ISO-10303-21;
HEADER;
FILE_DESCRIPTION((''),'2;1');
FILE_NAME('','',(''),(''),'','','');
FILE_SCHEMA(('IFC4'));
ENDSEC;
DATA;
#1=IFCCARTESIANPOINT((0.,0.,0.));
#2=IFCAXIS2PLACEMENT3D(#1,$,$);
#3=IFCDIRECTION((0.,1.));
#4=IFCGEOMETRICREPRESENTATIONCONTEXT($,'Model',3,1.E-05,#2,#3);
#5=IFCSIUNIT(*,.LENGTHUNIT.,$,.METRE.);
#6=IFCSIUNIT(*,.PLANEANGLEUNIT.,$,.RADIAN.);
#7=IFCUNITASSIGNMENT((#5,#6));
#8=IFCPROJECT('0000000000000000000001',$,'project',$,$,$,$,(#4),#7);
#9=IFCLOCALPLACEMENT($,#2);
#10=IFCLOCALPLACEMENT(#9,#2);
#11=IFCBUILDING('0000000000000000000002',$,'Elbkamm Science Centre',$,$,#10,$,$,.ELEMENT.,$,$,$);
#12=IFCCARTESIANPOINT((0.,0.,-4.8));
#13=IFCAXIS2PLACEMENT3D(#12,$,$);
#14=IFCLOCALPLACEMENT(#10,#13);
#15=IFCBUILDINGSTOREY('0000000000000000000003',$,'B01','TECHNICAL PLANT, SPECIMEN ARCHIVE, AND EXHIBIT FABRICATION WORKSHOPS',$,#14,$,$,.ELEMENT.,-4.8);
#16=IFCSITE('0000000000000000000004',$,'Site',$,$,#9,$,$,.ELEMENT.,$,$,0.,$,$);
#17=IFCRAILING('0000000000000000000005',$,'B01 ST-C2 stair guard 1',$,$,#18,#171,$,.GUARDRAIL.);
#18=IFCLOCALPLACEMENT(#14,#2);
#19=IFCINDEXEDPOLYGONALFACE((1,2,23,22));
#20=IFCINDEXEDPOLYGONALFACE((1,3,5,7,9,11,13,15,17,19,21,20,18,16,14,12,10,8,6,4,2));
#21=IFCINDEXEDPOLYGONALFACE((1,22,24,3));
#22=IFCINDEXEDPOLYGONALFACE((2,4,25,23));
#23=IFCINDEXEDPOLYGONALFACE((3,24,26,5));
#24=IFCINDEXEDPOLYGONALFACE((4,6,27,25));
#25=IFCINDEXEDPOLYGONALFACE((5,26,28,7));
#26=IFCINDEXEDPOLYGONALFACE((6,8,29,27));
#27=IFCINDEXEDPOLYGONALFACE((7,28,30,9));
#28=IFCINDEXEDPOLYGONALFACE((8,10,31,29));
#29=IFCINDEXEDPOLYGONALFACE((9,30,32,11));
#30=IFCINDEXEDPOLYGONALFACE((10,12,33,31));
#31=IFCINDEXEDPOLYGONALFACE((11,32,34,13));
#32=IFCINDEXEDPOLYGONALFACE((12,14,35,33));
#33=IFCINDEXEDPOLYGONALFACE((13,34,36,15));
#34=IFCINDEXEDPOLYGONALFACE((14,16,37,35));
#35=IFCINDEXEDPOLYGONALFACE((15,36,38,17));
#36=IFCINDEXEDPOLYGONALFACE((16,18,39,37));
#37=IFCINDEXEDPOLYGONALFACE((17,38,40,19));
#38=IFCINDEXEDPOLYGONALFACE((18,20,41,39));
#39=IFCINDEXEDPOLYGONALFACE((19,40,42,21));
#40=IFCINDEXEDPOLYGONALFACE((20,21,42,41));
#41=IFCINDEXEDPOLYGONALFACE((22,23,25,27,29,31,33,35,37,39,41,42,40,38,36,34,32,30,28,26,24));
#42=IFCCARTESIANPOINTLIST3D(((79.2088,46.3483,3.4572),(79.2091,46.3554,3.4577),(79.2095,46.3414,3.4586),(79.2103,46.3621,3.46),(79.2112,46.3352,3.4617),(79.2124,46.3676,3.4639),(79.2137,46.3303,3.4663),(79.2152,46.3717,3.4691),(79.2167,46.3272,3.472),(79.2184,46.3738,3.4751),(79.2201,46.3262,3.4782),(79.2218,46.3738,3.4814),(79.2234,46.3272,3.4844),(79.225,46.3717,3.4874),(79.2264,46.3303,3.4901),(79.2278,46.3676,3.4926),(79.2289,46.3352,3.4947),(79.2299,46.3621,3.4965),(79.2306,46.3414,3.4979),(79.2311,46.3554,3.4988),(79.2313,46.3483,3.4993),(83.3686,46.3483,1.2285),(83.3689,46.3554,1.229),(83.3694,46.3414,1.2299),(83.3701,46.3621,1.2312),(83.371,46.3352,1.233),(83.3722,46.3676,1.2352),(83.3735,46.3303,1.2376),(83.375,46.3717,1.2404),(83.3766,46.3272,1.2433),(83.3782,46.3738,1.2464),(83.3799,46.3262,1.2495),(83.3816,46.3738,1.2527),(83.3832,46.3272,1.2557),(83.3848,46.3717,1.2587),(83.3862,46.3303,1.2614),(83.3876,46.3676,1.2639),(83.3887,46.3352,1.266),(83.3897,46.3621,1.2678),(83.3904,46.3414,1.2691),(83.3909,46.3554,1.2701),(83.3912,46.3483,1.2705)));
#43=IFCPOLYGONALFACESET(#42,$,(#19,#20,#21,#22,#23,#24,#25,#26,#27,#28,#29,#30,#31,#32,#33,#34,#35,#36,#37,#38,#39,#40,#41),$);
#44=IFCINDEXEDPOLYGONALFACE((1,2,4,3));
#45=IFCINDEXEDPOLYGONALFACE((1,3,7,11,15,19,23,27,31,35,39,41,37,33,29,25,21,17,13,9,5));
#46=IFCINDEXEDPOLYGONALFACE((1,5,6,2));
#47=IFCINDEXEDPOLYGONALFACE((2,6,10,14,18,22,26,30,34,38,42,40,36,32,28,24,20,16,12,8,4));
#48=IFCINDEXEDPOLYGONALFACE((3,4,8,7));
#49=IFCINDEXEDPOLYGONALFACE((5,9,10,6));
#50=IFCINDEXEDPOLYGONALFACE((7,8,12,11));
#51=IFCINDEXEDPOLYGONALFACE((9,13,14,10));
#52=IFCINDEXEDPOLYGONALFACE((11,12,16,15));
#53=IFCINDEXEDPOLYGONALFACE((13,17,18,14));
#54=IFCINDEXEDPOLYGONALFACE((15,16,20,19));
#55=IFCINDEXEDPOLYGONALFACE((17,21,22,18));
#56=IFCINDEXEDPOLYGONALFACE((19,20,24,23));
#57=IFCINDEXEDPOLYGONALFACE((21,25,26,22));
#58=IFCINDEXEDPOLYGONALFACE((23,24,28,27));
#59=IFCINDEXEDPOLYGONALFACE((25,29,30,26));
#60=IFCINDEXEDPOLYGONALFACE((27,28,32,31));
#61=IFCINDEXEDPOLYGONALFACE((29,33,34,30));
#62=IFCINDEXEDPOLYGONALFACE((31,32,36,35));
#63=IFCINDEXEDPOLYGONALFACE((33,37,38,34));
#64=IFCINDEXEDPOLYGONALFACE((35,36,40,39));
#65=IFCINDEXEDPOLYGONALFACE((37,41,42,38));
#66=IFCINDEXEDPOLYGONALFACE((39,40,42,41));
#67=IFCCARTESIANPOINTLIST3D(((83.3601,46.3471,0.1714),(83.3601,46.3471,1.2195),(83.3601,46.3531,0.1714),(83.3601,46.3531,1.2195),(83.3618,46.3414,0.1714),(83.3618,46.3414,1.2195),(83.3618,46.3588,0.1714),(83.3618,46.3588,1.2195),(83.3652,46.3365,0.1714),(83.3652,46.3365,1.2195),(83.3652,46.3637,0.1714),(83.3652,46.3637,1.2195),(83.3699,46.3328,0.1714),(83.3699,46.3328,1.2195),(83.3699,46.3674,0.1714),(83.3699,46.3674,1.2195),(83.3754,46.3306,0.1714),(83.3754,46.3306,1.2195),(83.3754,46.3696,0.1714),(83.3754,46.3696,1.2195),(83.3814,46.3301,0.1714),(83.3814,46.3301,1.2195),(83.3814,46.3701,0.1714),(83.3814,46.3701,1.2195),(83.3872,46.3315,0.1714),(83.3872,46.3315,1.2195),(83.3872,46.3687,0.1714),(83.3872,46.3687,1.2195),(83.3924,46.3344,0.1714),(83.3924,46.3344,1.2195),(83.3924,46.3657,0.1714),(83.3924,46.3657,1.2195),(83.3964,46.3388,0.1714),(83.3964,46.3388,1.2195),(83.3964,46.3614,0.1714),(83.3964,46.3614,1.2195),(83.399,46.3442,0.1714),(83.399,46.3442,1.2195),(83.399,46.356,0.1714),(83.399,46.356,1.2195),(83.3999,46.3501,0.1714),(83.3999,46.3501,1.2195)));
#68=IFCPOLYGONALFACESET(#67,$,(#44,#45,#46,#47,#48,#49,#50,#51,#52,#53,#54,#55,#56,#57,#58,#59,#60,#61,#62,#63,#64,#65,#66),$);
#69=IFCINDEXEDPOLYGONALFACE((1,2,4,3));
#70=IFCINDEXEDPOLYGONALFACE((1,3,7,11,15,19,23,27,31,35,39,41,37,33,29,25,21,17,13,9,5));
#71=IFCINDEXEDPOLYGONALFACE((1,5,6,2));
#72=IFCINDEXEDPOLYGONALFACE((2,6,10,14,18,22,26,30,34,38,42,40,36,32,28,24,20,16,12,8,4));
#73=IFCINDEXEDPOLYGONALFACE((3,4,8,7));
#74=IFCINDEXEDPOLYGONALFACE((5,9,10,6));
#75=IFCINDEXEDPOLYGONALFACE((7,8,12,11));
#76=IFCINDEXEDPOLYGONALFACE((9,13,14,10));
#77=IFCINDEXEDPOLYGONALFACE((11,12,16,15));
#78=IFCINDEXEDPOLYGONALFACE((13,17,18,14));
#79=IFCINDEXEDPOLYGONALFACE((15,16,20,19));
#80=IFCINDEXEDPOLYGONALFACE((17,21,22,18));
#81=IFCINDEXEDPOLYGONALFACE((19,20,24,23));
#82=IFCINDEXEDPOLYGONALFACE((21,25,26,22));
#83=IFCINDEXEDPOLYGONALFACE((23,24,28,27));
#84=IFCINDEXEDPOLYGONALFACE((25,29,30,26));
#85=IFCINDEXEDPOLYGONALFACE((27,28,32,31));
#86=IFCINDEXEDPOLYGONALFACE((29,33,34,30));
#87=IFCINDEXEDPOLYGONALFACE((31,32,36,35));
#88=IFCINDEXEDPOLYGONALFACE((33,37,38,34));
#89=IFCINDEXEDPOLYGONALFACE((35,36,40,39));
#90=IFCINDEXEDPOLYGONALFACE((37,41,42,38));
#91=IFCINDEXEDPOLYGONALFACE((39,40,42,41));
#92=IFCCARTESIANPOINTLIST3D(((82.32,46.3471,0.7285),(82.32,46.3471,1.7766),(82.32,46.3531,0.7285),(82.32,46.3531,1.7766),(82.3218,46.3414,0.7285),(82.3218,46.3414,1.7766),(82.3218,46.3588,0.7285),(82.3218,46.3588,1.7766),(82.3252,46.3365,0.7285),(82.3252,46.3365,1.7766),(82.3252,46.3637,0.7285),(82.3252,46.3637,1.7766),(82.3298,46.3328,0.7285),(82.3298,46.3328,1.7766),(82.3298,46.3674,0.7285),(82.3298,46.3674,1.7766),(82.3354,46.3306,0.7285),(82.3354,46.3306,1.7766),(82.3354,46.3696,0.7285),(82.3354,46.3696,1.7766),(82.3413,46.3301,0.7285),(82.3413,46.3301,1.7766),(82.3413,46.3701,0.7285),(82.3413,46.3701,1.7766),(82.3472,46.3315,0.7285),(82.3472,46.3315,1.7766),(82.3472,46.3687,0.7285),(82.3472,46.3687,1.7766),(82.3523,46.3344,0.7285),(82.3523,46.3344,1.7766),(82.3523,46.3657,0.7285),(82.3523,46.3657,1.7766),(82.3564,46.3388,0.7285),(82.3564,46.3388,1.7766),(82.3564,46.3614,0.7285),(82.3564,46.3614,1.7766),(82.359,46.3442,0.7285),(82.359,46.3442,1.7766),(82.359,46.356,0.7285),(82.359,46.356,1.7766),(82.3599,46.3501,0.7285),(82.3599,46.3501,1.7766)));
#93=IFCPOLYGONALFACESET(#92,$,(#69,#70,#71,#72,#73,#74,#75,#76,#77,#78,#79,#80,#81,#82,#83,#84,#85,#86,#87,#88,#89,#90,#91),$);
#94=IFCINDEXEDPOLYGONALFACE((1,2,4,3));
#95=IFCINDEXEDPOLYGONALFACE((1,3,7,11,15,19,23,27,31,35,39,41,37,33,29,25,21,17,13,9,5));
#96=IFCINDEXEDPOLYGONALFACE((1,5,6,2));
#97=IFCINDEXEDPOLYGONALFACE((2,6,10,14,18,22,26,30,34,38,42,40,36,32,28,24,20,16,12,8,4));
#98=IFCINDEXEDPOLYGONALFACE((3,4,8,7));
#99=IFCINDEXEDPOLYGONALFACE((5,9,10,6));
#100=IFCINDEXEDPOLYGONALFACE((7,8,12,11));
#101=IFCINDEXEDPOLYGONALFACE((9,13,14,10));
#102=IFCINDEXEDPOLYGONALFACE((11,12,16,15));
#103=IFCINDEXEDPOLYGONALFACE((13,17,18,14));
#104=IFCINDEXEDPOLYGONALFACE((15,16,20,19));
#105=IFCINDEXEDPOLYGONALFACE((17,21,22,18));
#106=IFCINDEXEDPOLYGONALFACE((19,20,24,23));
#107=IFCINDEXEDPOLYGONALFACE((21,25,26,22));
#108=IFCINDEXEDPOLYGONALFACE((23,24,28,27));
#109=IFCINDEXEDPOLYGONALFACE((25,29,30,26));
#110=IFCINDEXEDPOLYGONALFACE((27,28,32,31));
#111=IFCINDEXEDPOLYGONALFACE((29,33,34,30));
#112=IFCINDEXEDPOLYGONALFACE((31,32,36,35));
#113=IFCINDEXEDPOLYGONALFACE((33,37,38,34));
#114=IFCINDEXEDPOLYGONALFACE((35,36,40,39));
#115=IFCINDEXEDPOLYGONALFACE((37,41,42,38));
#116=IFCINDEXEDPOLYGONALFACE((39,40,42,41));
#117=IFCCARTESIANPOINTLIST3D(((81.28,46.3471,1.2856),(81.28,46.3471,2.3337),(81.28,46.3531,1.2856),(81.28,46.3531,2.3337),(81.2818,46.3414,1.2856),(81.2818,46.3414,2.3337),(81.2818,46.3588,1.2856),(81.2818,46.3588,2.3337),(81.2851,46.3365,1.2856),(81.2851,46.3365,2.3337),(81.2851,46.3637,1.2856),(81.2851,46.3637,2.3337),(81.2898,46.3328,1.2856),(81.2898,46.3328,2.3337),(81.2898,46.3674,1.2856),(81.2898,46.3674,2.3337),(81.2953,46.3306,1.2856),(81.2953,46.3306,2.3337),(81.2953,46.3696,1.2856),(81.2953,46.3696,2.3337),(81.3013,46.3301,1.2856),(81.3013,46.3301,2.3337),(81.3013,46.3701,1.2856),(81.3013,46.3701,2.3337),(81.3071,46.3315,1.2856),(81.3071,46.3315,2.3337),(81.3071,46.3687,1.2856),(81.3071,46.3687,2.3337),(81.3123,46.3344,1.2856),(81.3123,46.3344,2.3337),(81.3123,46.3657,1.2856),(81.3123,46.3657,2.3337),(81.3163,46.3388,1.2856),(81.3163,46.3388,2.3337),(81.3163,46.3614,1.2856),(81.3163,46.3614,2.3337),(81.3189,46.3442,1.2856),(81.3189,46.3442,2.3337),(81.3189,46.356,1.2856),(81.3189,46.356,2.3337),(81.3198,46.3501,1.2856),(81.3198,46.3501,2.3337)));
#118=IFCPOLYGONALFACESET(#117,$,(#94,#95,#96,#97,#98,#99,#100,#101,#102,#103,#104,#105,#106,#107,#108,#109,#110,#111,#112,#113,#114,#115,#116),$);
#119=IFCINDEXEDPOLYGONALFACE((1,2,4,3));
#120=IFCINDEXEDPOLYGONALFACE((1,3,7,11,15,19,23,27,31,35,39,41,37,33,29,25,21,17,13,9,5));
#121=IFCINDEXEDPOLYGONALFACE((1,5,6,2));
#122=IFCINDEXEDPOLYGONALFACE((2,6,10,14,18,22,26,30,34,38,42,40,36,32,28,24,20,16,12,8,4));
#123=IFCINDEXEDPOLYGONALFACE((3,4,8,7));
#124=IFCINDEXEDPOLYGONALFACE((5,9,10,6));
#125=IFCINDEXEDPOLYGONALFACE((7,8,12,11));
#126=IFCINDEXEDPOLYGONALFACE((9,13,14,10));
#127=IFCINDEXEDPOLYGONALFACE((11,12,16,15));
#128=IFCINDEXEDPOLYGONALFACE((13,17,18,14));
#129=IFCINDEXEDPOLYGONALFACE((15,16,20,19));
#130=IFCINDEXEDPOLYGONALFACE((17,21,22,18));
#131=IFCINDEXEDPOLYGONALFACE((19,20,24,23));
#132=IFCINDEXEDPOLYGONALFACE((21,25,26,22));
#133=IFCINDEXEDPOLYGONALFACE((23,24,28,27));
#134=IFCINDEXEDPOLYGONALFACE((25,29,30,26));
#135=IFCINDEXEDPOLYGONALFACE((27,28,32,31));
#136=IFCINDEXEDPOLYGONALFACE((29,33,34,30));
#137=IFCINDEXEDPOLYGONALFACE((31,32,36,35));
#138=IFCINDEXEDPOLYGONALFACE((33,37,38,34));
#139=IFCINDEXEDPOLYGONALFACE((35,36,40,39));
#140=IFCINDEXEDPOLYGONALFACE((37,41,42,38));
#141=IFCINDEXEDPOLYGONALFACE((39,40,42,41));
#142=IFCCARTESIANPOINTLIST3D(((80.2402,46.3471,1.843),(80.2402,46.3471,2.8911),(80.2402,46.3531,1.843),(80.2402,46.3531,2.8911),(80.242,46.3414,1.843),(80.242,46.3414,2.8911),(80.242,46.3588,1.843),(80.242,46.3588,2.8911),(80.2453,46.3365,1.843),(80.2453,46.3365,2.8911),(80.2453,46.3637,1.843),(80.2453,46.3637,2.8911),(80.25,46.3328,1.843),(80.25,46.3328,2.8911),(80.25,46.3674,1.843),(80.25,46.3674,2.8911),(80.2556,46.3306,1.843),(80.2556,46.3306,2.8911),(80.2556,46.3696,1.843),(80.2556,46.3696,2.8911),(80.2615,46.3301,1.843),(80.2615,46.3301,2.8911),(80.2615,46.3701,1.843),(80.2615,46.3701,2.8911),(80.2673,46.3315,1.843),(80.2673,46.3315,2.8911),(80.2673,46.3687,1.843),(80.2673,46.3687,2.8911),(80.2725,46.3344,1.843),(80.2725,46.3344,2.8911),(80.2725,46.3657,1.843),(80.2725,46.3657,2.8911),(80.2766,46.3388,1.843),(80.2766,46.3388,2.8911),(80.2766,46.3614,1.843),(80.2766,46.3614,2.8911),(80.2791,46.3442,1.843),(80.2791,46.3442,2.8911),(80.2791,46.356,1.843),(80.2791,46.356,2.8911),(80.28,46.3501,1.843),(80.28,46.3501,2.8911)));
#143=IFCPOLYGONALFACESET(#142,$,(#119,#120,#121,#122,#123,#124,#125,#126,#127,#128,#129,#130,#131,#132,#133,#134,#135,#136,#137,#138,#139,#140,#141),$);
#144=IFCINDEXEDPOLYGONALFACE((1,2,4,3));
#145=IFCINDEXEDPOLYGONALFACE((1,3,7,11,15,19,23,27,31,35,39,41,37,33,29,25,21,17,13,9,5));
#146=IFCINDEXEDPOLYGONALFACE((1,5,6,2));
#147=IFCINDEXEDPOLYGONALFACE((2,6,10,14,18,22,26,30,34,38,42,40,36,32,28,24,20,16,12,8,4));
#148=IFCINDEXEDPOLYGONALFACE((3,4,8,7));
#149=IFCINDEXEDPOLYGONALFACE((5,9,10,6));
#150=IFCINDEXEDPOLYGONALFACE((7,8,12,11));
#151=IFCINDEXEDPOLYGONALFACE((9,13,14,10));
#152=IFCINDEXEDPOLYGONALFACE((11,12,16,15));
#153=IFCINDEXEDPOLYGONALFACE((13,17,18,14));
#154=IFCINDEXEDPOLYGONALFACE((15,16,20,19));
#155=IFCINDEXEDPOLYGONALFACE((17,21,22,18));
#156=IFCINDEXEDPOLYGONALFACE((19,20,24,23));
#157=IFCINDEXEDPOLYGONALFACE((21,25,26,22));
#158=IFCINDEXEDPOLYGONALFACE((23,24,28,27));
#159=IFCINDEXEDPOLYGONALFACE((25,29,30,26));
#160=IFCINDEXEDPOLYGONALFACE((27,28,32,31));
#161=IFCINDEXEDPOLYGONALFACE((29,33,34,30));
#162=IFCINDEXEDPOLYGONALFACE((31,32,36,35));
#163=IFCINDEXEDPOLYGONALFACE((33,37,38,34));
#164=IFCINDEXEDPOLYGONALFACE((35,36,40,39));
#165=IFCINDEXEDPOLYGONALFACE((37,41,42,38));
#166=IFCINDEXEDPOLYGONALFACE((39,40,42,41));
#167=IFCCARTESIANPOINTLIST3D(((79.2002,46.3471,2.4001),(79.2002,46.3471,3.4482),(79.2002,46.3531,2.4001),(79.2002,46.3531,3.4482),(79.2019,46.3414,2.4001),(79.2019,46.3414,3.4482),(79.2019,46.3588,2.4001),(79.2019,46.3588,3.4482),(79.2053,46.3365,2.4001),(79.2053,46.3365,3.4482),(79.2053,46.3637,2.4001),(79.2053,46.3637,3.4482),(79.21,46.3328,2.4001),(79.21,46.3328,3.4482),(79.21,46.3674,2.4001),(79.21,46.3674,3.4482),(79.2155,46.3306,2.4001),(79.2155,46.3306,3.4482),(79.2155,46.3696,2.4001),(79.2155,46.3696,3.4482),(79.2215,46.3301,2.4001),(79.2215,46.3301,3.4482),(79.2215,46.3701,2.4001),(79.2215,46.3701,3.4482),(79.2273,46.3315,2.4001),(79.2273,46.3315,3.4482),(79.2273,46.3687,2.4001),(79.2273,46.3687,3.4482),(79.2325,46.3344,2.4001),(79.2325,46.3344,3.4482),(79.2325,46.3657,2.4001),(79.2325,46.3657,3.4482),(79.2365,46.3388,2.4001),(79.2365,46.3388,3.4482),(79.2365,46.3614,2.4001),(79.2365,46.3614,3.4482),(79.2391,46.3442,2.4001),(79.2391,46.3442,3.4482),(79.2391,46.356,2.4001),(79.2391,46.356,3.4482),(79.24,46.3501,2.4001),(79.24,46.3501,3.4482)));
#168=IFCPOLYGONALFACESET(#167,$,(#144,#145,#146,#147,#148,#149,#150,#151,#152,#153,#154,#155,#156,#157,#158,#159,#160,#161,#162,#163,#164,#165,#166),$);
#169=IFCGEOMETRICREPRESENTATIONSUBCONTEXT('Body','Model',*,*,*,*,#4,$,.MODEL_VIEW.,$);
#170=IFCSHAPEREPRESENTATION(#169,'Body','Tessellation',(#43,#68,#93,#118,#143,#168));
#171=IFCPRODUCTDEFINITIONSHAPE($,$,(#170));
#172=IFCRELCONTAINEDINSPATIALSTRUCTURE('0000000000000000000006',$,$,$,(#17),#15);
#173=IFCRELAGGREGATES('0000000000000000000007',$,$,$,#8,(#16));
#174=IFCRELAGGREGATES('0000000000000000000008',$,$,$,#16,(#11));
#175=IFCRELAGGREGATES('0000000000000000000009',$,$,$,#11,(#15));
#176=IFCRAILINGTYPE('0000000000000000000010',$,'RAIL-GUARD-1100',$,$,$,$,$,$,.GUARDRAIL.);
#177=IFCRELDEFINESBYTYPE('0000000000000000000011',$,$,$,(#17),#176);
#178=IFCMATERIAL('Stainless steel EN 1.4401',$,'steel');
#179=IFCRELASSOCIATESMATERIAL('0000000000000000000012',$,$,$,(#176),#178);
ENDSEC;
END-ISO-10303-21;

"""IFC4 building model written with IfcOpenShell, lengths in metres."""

from ifc_helpers import new_model, si_unit, direction, frame, origin, origin_2d, place, context, subcontext, project, spatial, circle, extrude, material, type_object, element, save


model = new_model("IFC4")

# Units and contexts
model_context = context("Model", 3, precision=1e-05, world=origin(), true_north=direction((0.0, 1.0)))
body_context = subcontext(model_context, "Body", "Model", "MODEL_VIEW")
ifc_project = project(units=[si_unit("LENGTHUNIT", "METRE"), si_unit("PLANEANGLEUNIT", "RADIAN")], contexts=[model_context])

# Site, building, storey
site_placement = place(None, origin())
site = spatial("IfcSite", under=ifc_project, at=site_placement, Name="Site", CompositionType="ELEMENT", RefElevation=0.0)
building_placement = place(site_placement, origin())
building = spatial("IfcBuilding", under=site, at=building_placement, Name="Elbkamm Science Centre", CompositionType="ELEMENT")
storey_placement = place(building_placement, frame((0.0, 0.0, -4.8)))
storey = spatial("IfcBuildingStorey", under=building, at=storey_placement, Name="B01", Description="TECHNICAL PLANT, SPECIMEN ARCHIVE, AND EXHIBIT FABRICATION WORKSHOPS", CompositionType="ELEMENT", Elevation=-4.8)

# Railing
ifc_material_1 = material(Name="Stainless steel EN 1.4401", Category="steel")
railing_type_1 = type_object("IfcRailingType", Name="RAIL-GUARD-1100", PredefinedType="GUARDRAIL", material=ifc_material_1)
railing_1_placement = place(storey_placement, frame((83.3799, 46.3501, 0.1714)))
element("IfcRailing", 1, at=railing_1_placement, inside=storey, type_object=railing_type_1, Name="B01 ST-C2 stair guard 1", PredefinedType="GUARDRAIL", context=body_context, shape_type="SweptSolid", body=[
    extrude(circle(Radius=0.0239, at=origin_2d()), frame((0.0, 0.0, 1.0781), z_axis=(-0.881459, 0.0, 0.47226), x_axis=(0.0, -1.0, 0.0)), (0.0, 0.0, 1.0), 4.7192),
    extrude(circle(Radius=0.02, at=origin_2d()), origin(), (0.0, 0.0, 1.0), 1.0481),
    extrude(circle(Radius=0.02, at=origin_2d()), frame((-1.04, 0.0, 0.5571)), (0.0, 0.0, 1.0), 1.0481),
    extrude(circle(Radius=0.02, at=origin_2d()), frame((-2.0801, 0.0, 1.1143)), (0.0, 0.0, 1.0), 1.0481),
    extrude(circle(Radius=0.02, at=origin_2d()), frame((-3.1199, 0.0, 1.6716)), (0.0, 0.0, 1.0), 1.0481),
    extrude(circle(Radius=0.02, at=origin_2d()), frame((-4.1599, 0.0, 2.2288)), (0.0, 0.0, 1.0), 1.0481),
])

save(model, "model.ifc")
